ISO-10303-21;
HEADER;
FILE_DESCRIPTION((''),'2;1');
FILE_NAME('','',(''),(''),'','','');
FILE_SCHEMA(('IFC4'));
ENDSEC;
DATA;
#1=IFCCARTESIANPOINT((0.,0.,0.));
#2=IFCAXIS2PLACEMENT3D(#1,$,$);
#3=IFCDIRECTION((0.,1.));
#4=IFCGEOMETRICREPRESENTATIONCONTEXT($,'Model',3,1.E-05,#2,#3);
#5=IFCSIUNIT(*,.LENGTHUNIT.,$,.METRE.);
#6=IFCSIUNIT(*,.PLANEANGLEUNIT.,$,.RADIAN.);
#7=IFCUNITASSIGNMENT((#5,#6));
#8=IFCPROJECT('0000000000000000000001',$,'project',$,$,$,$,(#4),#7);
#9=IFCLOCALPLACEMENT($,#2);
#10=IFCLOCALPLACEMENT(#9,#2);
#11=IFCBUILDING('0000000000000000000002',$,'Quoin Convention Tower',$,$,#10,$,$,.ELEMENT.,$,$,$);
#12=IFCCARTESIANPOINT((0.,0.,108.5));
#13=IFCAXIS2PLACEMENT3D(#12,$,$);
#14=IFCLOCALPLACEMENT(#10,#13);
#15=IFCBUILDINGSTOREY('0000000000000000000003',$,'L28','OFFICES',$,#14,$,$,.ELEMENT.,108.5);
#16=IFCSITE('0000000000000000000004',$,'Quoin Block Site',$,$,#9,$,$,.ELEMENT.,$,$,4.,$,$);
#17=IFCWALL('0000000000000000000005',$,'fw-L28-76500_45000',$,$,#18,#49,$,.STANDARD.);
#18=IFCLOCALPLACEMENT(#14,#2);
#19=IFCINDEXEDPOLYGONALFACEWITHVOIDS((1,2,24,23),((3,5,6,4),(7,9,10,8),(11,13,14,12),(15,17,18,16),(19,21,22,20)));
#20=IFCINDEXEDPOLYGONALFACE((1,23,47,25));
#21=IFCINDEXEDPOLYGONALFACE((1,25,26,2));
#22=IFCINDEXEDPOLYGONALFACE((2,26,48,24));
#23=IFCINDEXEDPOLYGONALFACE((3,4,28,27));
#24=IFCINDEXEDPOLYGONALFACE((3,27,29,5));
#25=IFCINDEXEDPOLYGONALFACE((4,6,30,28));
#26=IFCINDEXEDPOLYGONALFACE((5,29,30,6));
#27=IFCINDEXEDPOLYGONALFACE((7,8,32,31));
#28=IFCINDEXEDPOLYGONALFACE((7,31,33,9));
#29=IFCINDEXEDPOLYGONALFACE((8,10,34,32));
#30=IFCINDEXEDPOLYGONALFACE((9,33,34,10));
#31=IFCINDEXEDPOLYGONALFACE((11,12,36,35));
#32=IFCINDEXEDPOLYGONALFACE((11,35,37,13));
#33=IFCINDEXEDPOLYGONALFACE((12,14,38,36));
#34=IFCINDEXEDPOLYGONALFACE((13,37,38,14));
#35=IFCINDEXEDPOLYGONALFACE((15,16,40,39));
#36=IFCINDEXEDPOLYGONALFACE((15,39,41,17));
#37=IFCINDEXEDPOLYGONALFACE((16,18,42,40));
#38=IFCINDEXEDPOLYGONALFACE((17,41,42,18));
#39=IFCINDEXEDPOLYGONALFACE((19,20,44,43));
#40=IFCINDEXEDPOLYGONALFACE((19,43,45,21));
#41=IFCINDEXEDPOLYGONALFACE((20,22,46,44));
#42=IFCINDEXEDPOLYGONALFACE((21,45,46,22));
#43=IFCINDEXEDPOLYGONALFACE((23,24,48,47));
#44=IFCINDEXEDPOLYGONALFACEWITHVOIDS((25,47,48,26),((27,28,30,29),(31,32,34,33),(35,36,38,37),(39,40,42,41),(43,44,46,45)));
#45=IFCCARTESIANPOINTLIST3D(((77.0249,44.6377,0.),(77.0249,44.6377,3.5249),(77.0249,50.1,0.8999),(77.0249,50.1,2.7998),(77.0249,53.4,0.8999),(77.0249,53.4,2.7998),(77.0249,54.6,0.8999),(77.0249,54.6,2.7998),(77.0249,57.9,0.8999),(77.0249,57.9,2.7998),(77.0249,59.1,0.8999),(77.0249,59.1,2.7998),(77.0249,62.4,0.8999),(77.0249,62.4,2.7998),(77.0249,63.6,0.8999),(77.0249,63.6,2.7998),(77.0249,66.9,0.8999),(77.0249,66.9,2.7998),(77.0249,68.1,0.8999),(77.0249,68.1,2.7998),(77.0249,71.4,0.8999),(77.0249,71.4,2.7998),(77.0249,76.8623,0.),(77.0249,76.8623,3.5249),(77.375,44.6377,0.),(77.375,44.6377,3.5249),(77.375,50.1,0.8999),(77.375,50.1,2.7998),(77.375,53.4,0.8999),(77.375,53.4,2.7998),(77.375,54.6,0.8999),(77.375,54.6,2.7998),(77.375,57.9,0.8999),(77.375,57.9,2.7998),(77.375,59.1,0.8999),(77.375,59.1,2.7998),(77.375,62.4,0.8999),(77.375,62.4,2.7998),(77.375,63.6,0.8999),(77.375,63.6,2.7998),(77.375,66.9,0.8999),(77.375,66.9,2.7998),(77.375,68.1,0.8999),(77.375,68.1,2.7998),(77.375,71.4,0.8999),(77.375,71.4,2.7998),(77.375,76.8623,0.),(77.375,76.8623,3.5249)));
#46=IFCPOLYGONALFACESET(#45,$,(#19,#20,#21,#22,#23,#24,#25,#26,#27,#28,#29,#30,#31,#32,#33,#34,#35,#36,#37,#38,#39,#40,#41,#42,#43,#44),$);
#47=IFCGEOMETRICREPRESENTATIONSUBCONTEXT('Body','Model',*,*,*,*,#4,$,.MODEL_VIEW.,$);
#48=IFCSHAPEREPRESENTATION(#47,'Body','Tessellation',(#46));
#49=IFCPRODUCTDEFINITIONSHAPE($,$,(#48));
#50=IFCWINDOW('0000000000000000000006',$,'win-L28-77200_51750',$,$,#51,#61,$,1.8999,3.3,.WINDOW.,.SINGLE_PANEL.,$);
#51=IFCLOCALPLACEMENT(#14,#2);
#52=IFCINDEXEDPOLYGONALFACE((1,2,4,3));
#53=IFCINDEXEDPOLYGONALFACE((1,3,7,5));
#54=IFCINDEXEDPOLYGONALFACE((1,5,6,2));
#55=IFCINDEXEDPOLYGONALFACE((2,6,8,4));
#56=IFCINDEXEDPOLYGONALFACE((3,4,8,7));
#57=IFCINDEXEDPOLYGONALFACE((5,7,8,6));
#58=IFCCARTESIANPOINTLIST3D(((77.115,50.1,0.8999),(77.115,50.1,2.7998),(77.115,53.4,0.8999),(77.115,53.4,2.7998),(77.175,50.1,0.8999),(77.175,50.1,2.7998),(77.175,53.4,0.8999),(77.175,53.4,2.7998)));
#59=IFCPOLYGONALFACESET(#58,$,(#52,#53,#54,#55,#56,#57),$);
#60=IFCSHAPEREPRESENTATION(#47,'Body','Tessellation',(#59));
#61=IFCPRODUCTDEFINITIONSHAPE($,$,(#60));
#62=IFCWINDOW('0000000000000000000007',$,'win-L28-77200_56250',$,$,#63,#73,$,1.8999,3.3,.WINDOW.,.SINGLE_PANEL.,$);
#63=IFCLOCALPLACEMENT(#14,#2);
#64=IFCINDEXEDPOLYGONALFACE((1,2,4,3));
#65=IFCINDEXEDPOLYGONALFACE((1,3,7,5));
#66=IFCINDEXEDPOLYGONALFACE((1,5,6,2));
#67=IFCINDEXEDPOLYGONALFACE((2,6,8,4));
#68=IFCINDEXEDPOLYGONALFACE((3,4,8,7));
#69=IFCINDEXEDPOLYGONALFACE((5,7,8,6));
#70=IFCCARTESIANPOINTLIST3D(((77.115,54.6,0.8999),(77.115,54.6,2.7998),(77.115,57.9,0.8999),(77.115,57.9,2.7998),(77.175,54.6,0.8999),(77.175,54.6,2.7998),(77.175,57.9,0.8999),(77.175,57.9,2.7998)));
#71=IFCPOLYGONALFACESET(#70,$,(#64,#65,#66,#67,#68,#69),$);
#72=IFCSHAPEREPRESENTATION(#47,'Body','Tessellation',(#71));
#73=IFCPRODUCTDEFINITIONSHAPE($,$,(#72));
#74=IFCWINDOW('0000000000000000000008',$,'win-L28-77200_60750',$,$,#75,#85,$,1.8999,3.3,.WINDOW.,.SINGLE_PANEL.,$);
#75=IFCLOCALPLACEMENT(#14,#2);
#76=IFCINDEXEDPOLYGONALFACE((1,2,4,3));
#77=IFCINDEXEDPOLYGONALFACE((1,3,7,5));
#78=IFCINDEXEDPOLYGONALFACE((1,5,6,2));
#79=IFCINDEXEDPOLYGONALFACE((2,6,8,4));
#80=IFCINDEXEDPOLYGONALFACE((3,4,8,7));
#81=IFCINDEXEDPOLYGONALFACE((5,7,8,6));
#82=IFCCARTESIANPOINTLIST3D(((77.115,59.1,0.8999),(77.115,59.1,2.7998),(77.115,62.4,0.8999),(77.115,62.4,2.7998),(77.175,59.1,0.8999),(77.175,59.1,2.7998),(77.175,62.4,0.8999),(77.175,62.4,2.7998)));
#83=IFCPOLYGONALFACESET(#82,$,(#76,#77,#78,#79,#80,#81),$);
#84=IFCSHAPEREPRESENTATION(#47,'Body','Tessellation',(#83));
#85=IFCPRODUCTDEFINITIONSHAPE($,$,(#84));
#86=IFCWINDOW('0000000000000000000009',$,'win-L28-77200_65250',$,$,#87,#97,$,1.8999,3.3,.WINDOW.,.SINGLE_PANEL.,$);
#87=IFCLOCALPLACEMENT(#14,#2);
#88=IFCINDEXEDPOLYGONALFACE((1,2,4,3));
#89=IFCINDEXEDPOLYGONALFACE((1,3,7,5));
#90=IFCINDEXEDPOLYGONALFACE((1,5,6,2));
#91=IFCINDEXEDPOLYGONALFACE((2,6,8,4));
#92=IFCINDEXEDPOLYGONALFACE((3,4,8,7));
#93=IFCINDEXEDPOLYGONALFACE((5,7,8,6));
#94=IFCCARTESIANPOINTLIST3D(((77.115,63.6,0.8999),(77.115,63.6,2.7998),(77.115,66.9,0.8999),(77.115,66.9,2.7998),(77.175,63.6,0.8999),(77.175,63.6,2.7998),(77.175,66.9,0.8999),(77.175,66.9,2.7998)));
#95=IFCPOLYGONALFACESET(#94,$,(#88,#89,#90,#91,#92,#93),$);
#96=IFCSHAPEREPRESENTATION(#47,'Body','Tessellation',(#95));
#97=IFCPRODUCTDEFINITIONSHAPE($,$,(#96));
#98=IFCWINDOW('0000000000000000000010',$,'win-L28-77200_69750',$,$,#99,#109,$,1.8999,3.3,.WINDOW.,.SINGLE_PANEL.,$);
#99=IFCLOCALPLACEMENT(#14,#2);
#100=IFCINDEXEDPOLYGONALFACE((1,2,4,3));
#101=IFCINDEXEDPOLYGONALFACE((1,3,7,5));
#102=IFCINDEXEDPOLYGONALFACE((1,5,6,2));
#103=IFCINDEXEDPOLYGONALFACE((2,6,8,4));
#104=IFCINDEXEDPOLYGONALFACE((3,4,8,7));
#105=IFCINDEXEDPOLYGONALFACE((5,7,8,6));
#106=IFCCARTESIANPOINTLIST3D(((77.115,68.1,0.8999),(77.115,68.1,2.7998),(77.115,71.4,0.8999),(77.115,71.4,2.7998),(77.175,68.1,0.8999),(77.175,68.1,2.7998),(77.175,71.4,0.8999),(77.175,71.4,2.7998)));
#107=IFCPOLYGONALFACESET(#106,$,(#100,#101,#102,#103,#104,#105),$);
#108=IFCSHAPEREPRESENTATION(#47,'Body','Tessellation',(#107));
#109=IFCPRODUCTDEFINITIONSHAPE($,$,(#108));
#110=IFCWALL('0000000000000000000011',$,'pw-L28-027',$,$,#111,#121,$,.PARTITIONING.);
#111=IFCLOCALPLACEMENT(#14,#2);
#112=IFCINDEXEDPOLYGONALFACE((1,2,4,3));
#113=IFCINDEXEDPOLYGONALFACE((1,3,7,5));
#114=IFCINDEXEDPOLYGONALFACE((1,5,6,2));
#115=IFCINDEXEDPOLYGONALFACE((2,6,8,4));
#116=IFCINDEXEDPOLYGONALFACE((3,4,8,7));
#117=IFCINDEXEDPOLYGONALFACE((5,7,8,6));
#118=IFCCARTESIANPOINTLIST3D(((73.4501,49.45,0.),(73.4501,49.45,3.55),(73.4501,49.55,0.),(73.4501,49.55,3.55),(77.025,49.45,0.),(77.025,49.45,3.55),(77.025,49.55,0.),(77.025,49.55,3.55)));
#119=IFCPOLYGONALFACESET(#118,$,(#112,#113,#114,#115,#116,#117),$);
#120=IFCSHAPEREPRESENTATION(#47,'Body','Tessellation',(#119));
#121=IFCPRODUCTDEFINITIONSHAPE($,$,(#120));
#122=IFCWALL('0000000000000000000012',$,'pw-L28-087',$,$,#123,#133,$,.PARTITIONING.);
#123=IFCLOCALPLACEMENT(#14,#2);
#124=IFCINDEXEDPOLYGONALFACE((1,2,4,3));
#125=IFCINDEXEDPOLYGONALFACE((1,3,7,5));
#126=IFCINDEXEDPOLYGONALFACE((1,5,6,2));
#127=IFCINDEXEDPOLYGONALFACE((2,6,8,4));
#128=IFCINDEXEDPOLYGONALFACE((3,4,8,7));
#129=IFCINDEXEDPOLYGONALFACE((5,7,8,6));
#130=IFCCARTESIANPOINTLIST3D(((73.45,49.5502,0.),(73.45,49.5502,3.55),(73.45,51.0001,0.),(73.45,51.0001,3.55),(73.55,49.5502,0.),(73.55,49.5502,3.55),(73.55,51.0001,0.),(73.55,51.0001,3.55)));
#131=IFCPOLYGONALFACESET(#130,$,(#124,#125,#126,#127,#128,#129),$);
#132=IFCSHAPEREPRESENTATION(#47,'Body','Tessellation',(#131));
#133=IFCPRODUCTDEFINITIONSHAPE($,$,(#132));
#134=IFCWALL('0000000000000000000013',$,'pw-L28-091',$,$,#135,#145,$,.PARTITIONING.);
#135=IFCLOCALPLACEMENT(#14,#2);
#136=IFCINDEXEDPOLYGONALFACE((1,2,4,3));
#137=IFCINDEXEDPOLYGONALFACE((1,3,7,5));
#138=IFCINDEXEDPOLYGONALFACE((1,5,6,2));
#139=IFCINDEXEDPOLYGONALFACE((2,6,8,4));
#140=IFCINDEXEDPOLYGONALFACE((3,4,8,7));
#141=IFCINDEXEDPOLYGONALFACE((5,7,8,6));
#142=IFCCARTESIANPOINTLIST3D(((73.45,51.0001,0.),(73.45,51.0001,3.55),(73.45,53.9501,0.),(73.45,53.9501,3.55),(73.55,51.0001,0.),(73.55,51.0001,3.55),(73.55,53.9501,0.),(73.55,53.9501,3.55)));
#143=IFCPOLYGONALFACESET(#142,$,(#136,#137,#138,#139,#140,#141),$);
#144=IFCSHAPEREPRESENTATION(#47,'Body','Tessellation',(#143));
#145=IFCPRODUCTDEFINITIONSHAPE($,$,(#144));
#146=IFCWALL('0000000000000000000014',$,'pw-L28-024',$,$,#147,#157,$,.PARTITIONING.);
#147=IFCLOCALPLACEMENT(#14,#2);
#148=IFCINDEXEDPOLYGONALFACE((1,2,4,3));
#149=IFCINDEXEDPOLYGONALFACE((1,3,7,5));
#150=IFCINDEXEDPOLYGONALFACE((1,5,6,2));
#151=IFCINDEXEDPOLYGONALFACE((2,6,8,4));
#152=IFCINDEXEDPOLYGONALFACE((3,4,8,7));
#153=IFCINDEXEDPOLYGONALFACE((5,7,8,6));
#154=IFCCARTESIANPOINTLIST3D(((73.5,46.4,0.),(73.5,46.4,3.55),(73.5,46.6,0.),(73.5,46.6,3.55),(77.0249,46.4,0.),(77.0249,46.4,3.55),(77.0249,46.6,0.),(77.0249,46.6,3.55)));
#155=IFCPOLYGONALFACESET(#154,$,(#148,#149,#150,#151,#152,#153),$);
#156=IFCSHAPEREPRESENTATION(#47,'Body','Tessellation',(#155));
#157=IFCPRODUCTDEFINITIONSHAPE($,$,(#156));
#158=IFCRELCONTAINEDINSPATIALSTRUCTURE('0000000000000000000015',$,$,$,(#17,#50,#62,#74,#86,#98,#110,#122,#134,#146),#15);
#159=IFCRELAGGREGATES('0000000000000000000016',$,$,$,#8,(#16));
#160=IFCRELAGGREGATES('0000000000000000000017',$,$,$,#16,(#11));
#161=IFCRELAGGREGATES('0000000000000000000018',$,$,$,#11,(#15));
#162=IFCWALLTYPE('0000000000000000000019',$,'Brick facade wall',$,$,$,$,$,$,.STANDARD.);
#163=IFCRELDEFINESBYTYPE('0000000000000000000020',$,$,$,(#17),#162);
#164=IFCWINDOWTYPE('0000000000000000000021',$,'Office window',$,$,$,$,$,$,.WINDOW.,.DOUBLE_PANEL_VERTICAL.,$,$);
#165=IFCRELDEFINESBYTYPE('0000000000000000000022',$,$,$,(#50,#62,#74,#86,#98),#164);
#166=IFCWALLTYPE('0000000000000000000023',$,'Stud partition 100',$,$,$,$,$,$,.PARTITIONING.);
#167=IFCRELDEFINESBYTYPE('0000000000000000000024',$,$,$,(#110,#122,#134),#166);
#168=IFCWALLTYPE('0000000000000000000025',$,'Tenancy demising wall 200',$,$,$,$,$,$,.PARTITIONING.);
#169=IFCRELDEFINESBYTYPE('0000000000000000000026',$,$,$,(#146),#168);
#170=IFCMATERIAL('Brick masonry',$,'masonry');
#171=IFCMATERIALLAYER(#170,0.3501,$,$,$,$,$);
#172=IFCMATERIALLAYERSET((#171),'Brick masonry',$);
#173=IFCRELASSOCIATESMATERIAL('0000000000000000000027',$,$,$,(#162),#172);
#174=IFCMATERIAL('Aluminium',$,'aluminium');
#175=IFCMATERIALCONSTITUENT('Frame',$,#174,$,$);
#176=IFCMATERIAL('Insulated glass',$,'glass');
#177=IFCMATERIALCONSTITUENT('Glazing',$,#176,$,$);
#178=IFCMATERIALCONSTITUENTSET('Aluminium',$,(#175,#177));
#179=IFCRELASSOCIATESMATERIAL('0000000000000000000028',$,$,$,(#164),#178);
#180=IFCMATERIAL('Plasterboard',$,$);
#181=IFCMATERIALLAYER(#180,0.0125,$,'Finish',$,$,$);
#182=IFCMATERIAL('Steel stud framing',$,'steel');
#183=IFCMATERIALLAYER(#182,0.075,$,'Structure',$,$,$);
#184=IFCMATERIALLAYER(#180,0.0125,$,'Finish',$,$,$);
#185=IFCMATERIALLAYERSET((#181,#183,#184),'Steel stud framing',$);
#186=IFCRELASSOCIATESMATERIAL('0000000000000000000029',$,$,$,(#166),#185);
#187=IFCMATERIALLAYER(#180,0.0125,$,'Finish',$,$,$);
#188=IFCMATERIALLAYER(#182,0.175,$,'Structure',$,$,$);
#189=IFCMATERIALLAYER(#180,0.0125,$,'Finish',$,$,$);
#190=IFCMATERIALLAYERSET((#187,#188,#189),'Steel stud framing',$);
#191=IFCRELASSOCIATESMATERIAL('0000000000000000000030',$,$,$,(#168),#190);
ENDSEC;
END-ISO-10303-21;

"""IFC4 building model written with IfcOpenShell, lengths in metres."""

from ifc_helpers import new_model, si_unit, direction, frame, frame_2d, origin, place, context, subcontext, project, spatial, rectangle, extrude, material, layer, layer_set, constituent, constituent_set, type_object, element, fill, save


model = new_model("IFC4")

# Units and contexts
model_context = context("Model", 3, precision=1e-05, world=origin(), true_north=direction((0.0, 1.0)))
body_context = subcontext(model_context, "Body", "Model", "MODEL_VIEW")
ifc_project = project(units=[si_unit("LENGTHUNIT", "METRE"), si_unit("PLANEANGLEUNIT", "RADIAN")], contexts=[model_context])

# Site, building, storey
site_placement = place(None, origin())
site = spatial("IfcSite", under=ifc_project, at=site_placement, Name="Quoin Block Site", CompositionType="ELEMENT", RefElevation=4.0)
building_placement = place(site_placement, origin())
building = spatial("IfcBuilding", under=site, at=building_placement, Name="Quoin Convention Tower", CompositionType="ELEMENT")
storey_placement = place(building_placement, frame((0.0, 0.0, 108.5)))
storey = spatial("IfcBuildingStorey", under=building, at=storey_placement, Name="L28", Description="OFFICES", CompositionType="ELEMENT", Elevation=108.5)

# Wall, openings, windows
ifc_material_1 = material(Name="Brick masonry", Category="masonry")
ifc_layer_1 = layer(ifc_material_1, 0.3501)
ifc_layer_set_1 = layer_set([ifc_layer_1], Name="Brick masonry")
wall_type_1 = type_object("IfcWallType", Name="Brick facade wall", PredefinedType="STANDARD", material=ifc_layer_set_1)
wall_1_placement = place(storey_placement, frame((77.2, 44.6377, 0.0), z_axis=(0.0, 0.0, 1.0), x_axis=(0.0, 1.0, 0.0)))
wall_1 = element("IfcWall", 1, at=wall_1_placement, inside=storey, type_object=wall_type_1, Name="fw-L28-76500_45000", PredefinedType="STANDARD", context=body_context, shape_type="SweptSolid", body=[
    extrude(rectangle(XDim=32.2246, YDim=0.3501, at=frame_2d((16.1123, 0.0))), origin(), (0.0, 0.0, 1.0), 3.5249),
])
opening_1_placement = place(wall_1_placement, frame((5.4624, 0.0, 0.8999)))
opening_1 = element("IfcOpeningElement", 2, at=opening_1_placement, cuts=wall_1, PredefinedType="OPENING", context=body_context, shape_type="SweptSolid", body=[
    extrude(rectangle(XDim=3.3, YDim=1.8999, at=frame_2d((1.6499, 0.95))), frame((0.0, 0.1851, 0.0), z_axis=(0.0, -1.0, 0.0), x_axis=(1.0, 0.0, 0.0)), (0.0, 0.0, 1.0), 0.3701),
])
opening_2_placement = place(wall_1_placement, frame((9.9624, 0.0, 0.8999)))
opening_2 = element("IfcOpeningElement", 3, at=opening_2_placement, cuts=wall_1, PredefinedType="OPENING", context=body_context, shape_type="SweptSolid", body=[
    extrude(rectangle(XDim=3.3, YDim=1.8999, at=frame_2d((1.6499, 0.95))), frame((0.0, 0.1851, 0.0), z_axis=(0.0, -1.0, 0.0), x_axis=(1.0, 0.0, 0.0)), (0.0, 0.0, 1.0), 0.3701),
])
opening_3_placement = place(wall_1_placement, frame((14.4624, 0.0, 0.8999)))
opening_3 = element("IfcOpeningElement", 4, at=opening_3_placement, cuts=wall_1, PredefinedType="OPENING", context=body_context, shape_type="SweptSolid", body=[
    extrude(rectangle(XDim=3.3, YDim=1.8999, at=frame_2d((1.6499, 0.95))), frame((0.0, 0.1851, 0.0), z_axis=(0.0, -1.0, 0.0), x_axis=(1.0, 0.0, 0.0)), (0.0, 0.0, 1.0), 0.3701),
])
opening_4_placement = place(wall_1_placement, frame((18.9624, 0.0, 0.8999)))
opening_4 = element("IfcOpeningElement", 5, at=opening_4_placement, cuts=wall_1, PredefinedType="OPENING", context=body_context, shape_type="SweptSolid", body=[
    extrude(rectangle(XDim=3.3, YDim=1.8999, at=frame_2d((1.6499, 0.95))), frame((0.0, 0.1851, 0.0), z_axis=(0.0, -1.0, 0.0), x_axis=(1.0, 0.0, 0.0)), (0.0, 0.0, 1.0), 0.3701),
])
opening_5_placement = place(wall_1_placement, frame((23.4624, 0.0, 0.8999)))
opening_5 = element("IfcOpeningElement", 6, at=opening_5_placement, cuts=wall_1, PredefinedType="OPENING", context=body_context, shape_type="SweptSolid", body=[
    extrude(rectangle(XDim=3.3, YDim=1.8999, at=frame_2d((1.6499, 0.95))), frame((0.0, 0.1851, 0.0), z_axis=(0.0, -1.0, 0.0), x_axis=(1.0, 0.0, 0.0)), (0.0, 0.0, 1.0), 0.3701),
])
ifc_material_2 = material(Name="Aluminium", Category="aluminium")
ifc_constituent_1 = constituent(ifc_material_2, Name="Frame")
ifc_material_3 = material(Name="Insulated glass", Category="glass")
ifc_constituent_2 = constituent(ifc_material_3, Name="Glazing")
ifc_constituent_set = constituent_set(constituents=[ifc_constituent_1, ifc_constituent_2], Name="Aluminium")
window_type = type_object("IfcWindowType", Name="Office window", PartitioningType="DOUBLE_PANEL_VERTICAL", PredefinedType="WINDOW", material=ifc_constituent_set)
window_1_placement = place(opening_1_placement, origin())
window_1 = element("IfcWindow", 7, at=window_1_placement, inside=storey, type_object=window_type, Name="win-L28-77200_51750", OverallHeight=1.8999, OverallWidth=3.3, PartitioningType="SINGLE_PANEL", PredefinedType="WINDOW", context=body_context, shape_type="SweptSolid", body=[
    extrude(rectangle(XDim=3.3, YDim=1.8999, at=frame_2d((1.6499, 0.95))), frame((0.0, 0.085, 0.0), z_axis=(0.0, -1.0, 0.0), x_axis=(1.0, 0.0, 0.0)), (0.0, 0.0, 1.0), 0.0601),
])
fill(opening_1, window_1)
window_2_placement = place(opening_2_placement, origin())
window_2 = element("IfcWindow", 8, at=window_2_placement, inside=storey, type_object=window_type, Name="win-L28-77200_56250", OverallHeight=1.8999, OverallWidth=3.3, PartitioningType="SINGLE_PANEL", PredefinedType="WINDOW", context=body_context, shape_type="SweptSolid", body=[
    extrude(rectangle(XDim=3.3, YDim=1.8999, at=frame_2d((1.6499, 0.95))), frame((0.0, 0.085, 0.0), z_axis=(0.0, -1.0, 0.0), x_axis=(1.0, 0.0, 0.0)), (0.0, 0.0, 1.0), 0.0601),
])
fill(opening_2, window_2)
window_3_placement = place(opening_3_placement, origin())
window_3 = element("IfcWindow", 9, at=window_3_placement, inside=storey, type_object=window_type, Name="win-L28-77200_60750", OverallHeight=1.8999, OverallWidth=3.3, PartitioningType="SINGLE_PANEL", PredefinedType="WINDOW", context=body_context, shape_type="SweptSolid", body=[
    extrude(rectangle(XDim=3.3, YDim=1.8999, at=frame_2d((1.6499, 0.95))), frame((0.0, 0.085, 0.0), z_axis=(0.0, -1.0, 0.0), x_axis=(1.0, 0.0, 0.0)), (0.0, 0.0, 1.0), 0.0601),
])
fill(opening_3, window_3)
window_4_placement = place(opening_4_placement, origin())
window_4 = element("IfcWindow", 10, at=window_4_placement, inside=storey, type_object=window_type, Name="win-L28-77200_65250", OverallHeight=1.8999, OverallWidth=3.3, PartitioningType="SINGLE_PANEL", PredefinedType="WINDOW", context=body_context, shape_type="SweptSolid", body=[
    extrude(rectangle(XDim=3.3, YDim=1.8999, at=frame_2d((1.6499, 0.95))), frame((0.0, 0.085, 0.0), z_axis=(0.0, -1.0, 0.0), x_axis=(1.0, 0.0, 0.0)), (0.0, 0.0, 1.0), 0.0601),
])
fill(opening_4, window_4)
window_5_placement = place(opening_5_placement, origin())
window_5 = element("IfcWindow", 11, at=window_5_placement, inside=storey, type_object=window_type, Name="win-L28-77200_69750", OverallHeight=1.8999, OverallWidth=3.3, PartitioningType="SINGLE_PANEL", PredefinedType="WINDOW", context=body_context, shape_type="SweptSolid", body=[
    extrude(rectangle(XDim=3.3, YDim=1.8999, at=frame_2d((1.6499, 0.95))), frame((0.0, 0.085, 0.0), z_axis=(0.0, -1.0, 0.0), x_axis=(1.0, 0.0, 0.0)), (0.0, 0.0, 1.0), 0.0601),
])
fill(opening_5, window_5)

# Walls
ifc_material_4 = material(Name="Plasterboard")
ifc_layer_2 = layer(ifc_material_4, 0.0125, Name="Finish")
ifc_material_5 = material(Name="Steel stud framing", Category="steel")
ifc_layer_3 = layer(ifc_material_5, 0.075, Name="Structure")
ifc_layer_4 = layer(ifc_material_4, 0.0125, Name="Finish")
ifc_layer_set_2 = layer_set([ifc_layer_2, ifc_layer_3, ifc_layer_4], Name="Steel stud framing")
wall_type_2 = type_object("IfcWallType", Name="Stud partition 100", PredefinedType="PARTITIONING", material=ifc_layer_set_2)
wall_2_placement = place(storey_placement, frame((73.45, 49.5, 0.0), z_axis=(0.0, 0.0, 1.0), x_axis=(1.0, 0.0, 0.0)))
element("IfcWall", 12, at=wall_2_placement, inside=storey, type_object=wall_type_2, Name="pw-L28-027", PredefinedType="PARTITIONING", context=body_context, shape_type="SweptSolid", body=[
    extrude(rectangle(XDim=3.575, YDim=0.1001, at=frame_2d((1.7876, 0.0))), origin(), (0.0, 0.0, 1.0), 3.55),
])
wall_3_placement = place(storey_placement, frame((73.5, 49.55, 0.0), z_axis=(0.0, 0.0, 1.0), x_axis=(0.0, 1.0, 0.0)))
element("IfcWall", 13, at=wall_3_placement, inside=storey, type_object=wall_type_2, Name="pw-L28-087", PredefinedType="PARTITIONING", context=body_context, shape_type="SweptSolid", body=[
    extrude(rectangle(XDim=1.45, YDim=0.1001, at=frame_2d((0.7251, 0.0))), origin(), (0.0, 0.0, 1.0), 3.55),
])
wall_4_placement = place(storey_placement, frame((73.5, 51.0, 0.0), z_axis=(0.0, 0.0, 1.0), x_axis=(0.0, 1.0, 0.0)))
element("IfcWall", 14, at=wall_4_placement, inside=storey, type_object=wall_type_2, Name="pw-L28-091", PredefinedType="PARTITIONING", context=body_context, shape_type="SweptSolid", body=[
    extrude(rectangle(XDim=2.95, YDim=0.1001, at=frame_2d((1.4751, 0.0))), origin(), (0.0, 0.0, 1.0), 3.55),
])
ifc_layer_5 = layer(ifc_material_4, 0.0125, Name="Finish")
ifc_layer_6 = layer(ifc_material_5, 0.175, Name="Structure")
ifc_layer_7 = layer(ifc_material_4, 0.0125, Name="Finish")
ifc_layer_set_3 = layer_set([ifc_layer_5, ifc_layer_6, ifc_layer_7], Name="Steel stud framing")
wall_type_3 = type_object("IfcWallType", Name="Tenancy demising wall 200", PredefinedType="PARTITIONING", material=ifc_layer_set_3)
wall_5_placement = place(storey_placement, frame((73.5, 46.5, 0.0), z_axis=(0.0, 0.0, 1.0), x_axis=(1.0, 0.0, 0.0)))
element("IfcWall", 15, at=wall_5_placement, inside=storey, type_object=wall_type_3, Name="pw-L28-024", PredefinedType="PARTITIONING", context=body_context, shape_type="SweptSolid", body=[
    extrude(rectangle(XDim=3.5249, YDim=0.2, at=frame_2d((1.7625, 0.0))), origin(), (0.0, 0.0, 1.0), 3.55),
])

save(model, "model.ifc")
